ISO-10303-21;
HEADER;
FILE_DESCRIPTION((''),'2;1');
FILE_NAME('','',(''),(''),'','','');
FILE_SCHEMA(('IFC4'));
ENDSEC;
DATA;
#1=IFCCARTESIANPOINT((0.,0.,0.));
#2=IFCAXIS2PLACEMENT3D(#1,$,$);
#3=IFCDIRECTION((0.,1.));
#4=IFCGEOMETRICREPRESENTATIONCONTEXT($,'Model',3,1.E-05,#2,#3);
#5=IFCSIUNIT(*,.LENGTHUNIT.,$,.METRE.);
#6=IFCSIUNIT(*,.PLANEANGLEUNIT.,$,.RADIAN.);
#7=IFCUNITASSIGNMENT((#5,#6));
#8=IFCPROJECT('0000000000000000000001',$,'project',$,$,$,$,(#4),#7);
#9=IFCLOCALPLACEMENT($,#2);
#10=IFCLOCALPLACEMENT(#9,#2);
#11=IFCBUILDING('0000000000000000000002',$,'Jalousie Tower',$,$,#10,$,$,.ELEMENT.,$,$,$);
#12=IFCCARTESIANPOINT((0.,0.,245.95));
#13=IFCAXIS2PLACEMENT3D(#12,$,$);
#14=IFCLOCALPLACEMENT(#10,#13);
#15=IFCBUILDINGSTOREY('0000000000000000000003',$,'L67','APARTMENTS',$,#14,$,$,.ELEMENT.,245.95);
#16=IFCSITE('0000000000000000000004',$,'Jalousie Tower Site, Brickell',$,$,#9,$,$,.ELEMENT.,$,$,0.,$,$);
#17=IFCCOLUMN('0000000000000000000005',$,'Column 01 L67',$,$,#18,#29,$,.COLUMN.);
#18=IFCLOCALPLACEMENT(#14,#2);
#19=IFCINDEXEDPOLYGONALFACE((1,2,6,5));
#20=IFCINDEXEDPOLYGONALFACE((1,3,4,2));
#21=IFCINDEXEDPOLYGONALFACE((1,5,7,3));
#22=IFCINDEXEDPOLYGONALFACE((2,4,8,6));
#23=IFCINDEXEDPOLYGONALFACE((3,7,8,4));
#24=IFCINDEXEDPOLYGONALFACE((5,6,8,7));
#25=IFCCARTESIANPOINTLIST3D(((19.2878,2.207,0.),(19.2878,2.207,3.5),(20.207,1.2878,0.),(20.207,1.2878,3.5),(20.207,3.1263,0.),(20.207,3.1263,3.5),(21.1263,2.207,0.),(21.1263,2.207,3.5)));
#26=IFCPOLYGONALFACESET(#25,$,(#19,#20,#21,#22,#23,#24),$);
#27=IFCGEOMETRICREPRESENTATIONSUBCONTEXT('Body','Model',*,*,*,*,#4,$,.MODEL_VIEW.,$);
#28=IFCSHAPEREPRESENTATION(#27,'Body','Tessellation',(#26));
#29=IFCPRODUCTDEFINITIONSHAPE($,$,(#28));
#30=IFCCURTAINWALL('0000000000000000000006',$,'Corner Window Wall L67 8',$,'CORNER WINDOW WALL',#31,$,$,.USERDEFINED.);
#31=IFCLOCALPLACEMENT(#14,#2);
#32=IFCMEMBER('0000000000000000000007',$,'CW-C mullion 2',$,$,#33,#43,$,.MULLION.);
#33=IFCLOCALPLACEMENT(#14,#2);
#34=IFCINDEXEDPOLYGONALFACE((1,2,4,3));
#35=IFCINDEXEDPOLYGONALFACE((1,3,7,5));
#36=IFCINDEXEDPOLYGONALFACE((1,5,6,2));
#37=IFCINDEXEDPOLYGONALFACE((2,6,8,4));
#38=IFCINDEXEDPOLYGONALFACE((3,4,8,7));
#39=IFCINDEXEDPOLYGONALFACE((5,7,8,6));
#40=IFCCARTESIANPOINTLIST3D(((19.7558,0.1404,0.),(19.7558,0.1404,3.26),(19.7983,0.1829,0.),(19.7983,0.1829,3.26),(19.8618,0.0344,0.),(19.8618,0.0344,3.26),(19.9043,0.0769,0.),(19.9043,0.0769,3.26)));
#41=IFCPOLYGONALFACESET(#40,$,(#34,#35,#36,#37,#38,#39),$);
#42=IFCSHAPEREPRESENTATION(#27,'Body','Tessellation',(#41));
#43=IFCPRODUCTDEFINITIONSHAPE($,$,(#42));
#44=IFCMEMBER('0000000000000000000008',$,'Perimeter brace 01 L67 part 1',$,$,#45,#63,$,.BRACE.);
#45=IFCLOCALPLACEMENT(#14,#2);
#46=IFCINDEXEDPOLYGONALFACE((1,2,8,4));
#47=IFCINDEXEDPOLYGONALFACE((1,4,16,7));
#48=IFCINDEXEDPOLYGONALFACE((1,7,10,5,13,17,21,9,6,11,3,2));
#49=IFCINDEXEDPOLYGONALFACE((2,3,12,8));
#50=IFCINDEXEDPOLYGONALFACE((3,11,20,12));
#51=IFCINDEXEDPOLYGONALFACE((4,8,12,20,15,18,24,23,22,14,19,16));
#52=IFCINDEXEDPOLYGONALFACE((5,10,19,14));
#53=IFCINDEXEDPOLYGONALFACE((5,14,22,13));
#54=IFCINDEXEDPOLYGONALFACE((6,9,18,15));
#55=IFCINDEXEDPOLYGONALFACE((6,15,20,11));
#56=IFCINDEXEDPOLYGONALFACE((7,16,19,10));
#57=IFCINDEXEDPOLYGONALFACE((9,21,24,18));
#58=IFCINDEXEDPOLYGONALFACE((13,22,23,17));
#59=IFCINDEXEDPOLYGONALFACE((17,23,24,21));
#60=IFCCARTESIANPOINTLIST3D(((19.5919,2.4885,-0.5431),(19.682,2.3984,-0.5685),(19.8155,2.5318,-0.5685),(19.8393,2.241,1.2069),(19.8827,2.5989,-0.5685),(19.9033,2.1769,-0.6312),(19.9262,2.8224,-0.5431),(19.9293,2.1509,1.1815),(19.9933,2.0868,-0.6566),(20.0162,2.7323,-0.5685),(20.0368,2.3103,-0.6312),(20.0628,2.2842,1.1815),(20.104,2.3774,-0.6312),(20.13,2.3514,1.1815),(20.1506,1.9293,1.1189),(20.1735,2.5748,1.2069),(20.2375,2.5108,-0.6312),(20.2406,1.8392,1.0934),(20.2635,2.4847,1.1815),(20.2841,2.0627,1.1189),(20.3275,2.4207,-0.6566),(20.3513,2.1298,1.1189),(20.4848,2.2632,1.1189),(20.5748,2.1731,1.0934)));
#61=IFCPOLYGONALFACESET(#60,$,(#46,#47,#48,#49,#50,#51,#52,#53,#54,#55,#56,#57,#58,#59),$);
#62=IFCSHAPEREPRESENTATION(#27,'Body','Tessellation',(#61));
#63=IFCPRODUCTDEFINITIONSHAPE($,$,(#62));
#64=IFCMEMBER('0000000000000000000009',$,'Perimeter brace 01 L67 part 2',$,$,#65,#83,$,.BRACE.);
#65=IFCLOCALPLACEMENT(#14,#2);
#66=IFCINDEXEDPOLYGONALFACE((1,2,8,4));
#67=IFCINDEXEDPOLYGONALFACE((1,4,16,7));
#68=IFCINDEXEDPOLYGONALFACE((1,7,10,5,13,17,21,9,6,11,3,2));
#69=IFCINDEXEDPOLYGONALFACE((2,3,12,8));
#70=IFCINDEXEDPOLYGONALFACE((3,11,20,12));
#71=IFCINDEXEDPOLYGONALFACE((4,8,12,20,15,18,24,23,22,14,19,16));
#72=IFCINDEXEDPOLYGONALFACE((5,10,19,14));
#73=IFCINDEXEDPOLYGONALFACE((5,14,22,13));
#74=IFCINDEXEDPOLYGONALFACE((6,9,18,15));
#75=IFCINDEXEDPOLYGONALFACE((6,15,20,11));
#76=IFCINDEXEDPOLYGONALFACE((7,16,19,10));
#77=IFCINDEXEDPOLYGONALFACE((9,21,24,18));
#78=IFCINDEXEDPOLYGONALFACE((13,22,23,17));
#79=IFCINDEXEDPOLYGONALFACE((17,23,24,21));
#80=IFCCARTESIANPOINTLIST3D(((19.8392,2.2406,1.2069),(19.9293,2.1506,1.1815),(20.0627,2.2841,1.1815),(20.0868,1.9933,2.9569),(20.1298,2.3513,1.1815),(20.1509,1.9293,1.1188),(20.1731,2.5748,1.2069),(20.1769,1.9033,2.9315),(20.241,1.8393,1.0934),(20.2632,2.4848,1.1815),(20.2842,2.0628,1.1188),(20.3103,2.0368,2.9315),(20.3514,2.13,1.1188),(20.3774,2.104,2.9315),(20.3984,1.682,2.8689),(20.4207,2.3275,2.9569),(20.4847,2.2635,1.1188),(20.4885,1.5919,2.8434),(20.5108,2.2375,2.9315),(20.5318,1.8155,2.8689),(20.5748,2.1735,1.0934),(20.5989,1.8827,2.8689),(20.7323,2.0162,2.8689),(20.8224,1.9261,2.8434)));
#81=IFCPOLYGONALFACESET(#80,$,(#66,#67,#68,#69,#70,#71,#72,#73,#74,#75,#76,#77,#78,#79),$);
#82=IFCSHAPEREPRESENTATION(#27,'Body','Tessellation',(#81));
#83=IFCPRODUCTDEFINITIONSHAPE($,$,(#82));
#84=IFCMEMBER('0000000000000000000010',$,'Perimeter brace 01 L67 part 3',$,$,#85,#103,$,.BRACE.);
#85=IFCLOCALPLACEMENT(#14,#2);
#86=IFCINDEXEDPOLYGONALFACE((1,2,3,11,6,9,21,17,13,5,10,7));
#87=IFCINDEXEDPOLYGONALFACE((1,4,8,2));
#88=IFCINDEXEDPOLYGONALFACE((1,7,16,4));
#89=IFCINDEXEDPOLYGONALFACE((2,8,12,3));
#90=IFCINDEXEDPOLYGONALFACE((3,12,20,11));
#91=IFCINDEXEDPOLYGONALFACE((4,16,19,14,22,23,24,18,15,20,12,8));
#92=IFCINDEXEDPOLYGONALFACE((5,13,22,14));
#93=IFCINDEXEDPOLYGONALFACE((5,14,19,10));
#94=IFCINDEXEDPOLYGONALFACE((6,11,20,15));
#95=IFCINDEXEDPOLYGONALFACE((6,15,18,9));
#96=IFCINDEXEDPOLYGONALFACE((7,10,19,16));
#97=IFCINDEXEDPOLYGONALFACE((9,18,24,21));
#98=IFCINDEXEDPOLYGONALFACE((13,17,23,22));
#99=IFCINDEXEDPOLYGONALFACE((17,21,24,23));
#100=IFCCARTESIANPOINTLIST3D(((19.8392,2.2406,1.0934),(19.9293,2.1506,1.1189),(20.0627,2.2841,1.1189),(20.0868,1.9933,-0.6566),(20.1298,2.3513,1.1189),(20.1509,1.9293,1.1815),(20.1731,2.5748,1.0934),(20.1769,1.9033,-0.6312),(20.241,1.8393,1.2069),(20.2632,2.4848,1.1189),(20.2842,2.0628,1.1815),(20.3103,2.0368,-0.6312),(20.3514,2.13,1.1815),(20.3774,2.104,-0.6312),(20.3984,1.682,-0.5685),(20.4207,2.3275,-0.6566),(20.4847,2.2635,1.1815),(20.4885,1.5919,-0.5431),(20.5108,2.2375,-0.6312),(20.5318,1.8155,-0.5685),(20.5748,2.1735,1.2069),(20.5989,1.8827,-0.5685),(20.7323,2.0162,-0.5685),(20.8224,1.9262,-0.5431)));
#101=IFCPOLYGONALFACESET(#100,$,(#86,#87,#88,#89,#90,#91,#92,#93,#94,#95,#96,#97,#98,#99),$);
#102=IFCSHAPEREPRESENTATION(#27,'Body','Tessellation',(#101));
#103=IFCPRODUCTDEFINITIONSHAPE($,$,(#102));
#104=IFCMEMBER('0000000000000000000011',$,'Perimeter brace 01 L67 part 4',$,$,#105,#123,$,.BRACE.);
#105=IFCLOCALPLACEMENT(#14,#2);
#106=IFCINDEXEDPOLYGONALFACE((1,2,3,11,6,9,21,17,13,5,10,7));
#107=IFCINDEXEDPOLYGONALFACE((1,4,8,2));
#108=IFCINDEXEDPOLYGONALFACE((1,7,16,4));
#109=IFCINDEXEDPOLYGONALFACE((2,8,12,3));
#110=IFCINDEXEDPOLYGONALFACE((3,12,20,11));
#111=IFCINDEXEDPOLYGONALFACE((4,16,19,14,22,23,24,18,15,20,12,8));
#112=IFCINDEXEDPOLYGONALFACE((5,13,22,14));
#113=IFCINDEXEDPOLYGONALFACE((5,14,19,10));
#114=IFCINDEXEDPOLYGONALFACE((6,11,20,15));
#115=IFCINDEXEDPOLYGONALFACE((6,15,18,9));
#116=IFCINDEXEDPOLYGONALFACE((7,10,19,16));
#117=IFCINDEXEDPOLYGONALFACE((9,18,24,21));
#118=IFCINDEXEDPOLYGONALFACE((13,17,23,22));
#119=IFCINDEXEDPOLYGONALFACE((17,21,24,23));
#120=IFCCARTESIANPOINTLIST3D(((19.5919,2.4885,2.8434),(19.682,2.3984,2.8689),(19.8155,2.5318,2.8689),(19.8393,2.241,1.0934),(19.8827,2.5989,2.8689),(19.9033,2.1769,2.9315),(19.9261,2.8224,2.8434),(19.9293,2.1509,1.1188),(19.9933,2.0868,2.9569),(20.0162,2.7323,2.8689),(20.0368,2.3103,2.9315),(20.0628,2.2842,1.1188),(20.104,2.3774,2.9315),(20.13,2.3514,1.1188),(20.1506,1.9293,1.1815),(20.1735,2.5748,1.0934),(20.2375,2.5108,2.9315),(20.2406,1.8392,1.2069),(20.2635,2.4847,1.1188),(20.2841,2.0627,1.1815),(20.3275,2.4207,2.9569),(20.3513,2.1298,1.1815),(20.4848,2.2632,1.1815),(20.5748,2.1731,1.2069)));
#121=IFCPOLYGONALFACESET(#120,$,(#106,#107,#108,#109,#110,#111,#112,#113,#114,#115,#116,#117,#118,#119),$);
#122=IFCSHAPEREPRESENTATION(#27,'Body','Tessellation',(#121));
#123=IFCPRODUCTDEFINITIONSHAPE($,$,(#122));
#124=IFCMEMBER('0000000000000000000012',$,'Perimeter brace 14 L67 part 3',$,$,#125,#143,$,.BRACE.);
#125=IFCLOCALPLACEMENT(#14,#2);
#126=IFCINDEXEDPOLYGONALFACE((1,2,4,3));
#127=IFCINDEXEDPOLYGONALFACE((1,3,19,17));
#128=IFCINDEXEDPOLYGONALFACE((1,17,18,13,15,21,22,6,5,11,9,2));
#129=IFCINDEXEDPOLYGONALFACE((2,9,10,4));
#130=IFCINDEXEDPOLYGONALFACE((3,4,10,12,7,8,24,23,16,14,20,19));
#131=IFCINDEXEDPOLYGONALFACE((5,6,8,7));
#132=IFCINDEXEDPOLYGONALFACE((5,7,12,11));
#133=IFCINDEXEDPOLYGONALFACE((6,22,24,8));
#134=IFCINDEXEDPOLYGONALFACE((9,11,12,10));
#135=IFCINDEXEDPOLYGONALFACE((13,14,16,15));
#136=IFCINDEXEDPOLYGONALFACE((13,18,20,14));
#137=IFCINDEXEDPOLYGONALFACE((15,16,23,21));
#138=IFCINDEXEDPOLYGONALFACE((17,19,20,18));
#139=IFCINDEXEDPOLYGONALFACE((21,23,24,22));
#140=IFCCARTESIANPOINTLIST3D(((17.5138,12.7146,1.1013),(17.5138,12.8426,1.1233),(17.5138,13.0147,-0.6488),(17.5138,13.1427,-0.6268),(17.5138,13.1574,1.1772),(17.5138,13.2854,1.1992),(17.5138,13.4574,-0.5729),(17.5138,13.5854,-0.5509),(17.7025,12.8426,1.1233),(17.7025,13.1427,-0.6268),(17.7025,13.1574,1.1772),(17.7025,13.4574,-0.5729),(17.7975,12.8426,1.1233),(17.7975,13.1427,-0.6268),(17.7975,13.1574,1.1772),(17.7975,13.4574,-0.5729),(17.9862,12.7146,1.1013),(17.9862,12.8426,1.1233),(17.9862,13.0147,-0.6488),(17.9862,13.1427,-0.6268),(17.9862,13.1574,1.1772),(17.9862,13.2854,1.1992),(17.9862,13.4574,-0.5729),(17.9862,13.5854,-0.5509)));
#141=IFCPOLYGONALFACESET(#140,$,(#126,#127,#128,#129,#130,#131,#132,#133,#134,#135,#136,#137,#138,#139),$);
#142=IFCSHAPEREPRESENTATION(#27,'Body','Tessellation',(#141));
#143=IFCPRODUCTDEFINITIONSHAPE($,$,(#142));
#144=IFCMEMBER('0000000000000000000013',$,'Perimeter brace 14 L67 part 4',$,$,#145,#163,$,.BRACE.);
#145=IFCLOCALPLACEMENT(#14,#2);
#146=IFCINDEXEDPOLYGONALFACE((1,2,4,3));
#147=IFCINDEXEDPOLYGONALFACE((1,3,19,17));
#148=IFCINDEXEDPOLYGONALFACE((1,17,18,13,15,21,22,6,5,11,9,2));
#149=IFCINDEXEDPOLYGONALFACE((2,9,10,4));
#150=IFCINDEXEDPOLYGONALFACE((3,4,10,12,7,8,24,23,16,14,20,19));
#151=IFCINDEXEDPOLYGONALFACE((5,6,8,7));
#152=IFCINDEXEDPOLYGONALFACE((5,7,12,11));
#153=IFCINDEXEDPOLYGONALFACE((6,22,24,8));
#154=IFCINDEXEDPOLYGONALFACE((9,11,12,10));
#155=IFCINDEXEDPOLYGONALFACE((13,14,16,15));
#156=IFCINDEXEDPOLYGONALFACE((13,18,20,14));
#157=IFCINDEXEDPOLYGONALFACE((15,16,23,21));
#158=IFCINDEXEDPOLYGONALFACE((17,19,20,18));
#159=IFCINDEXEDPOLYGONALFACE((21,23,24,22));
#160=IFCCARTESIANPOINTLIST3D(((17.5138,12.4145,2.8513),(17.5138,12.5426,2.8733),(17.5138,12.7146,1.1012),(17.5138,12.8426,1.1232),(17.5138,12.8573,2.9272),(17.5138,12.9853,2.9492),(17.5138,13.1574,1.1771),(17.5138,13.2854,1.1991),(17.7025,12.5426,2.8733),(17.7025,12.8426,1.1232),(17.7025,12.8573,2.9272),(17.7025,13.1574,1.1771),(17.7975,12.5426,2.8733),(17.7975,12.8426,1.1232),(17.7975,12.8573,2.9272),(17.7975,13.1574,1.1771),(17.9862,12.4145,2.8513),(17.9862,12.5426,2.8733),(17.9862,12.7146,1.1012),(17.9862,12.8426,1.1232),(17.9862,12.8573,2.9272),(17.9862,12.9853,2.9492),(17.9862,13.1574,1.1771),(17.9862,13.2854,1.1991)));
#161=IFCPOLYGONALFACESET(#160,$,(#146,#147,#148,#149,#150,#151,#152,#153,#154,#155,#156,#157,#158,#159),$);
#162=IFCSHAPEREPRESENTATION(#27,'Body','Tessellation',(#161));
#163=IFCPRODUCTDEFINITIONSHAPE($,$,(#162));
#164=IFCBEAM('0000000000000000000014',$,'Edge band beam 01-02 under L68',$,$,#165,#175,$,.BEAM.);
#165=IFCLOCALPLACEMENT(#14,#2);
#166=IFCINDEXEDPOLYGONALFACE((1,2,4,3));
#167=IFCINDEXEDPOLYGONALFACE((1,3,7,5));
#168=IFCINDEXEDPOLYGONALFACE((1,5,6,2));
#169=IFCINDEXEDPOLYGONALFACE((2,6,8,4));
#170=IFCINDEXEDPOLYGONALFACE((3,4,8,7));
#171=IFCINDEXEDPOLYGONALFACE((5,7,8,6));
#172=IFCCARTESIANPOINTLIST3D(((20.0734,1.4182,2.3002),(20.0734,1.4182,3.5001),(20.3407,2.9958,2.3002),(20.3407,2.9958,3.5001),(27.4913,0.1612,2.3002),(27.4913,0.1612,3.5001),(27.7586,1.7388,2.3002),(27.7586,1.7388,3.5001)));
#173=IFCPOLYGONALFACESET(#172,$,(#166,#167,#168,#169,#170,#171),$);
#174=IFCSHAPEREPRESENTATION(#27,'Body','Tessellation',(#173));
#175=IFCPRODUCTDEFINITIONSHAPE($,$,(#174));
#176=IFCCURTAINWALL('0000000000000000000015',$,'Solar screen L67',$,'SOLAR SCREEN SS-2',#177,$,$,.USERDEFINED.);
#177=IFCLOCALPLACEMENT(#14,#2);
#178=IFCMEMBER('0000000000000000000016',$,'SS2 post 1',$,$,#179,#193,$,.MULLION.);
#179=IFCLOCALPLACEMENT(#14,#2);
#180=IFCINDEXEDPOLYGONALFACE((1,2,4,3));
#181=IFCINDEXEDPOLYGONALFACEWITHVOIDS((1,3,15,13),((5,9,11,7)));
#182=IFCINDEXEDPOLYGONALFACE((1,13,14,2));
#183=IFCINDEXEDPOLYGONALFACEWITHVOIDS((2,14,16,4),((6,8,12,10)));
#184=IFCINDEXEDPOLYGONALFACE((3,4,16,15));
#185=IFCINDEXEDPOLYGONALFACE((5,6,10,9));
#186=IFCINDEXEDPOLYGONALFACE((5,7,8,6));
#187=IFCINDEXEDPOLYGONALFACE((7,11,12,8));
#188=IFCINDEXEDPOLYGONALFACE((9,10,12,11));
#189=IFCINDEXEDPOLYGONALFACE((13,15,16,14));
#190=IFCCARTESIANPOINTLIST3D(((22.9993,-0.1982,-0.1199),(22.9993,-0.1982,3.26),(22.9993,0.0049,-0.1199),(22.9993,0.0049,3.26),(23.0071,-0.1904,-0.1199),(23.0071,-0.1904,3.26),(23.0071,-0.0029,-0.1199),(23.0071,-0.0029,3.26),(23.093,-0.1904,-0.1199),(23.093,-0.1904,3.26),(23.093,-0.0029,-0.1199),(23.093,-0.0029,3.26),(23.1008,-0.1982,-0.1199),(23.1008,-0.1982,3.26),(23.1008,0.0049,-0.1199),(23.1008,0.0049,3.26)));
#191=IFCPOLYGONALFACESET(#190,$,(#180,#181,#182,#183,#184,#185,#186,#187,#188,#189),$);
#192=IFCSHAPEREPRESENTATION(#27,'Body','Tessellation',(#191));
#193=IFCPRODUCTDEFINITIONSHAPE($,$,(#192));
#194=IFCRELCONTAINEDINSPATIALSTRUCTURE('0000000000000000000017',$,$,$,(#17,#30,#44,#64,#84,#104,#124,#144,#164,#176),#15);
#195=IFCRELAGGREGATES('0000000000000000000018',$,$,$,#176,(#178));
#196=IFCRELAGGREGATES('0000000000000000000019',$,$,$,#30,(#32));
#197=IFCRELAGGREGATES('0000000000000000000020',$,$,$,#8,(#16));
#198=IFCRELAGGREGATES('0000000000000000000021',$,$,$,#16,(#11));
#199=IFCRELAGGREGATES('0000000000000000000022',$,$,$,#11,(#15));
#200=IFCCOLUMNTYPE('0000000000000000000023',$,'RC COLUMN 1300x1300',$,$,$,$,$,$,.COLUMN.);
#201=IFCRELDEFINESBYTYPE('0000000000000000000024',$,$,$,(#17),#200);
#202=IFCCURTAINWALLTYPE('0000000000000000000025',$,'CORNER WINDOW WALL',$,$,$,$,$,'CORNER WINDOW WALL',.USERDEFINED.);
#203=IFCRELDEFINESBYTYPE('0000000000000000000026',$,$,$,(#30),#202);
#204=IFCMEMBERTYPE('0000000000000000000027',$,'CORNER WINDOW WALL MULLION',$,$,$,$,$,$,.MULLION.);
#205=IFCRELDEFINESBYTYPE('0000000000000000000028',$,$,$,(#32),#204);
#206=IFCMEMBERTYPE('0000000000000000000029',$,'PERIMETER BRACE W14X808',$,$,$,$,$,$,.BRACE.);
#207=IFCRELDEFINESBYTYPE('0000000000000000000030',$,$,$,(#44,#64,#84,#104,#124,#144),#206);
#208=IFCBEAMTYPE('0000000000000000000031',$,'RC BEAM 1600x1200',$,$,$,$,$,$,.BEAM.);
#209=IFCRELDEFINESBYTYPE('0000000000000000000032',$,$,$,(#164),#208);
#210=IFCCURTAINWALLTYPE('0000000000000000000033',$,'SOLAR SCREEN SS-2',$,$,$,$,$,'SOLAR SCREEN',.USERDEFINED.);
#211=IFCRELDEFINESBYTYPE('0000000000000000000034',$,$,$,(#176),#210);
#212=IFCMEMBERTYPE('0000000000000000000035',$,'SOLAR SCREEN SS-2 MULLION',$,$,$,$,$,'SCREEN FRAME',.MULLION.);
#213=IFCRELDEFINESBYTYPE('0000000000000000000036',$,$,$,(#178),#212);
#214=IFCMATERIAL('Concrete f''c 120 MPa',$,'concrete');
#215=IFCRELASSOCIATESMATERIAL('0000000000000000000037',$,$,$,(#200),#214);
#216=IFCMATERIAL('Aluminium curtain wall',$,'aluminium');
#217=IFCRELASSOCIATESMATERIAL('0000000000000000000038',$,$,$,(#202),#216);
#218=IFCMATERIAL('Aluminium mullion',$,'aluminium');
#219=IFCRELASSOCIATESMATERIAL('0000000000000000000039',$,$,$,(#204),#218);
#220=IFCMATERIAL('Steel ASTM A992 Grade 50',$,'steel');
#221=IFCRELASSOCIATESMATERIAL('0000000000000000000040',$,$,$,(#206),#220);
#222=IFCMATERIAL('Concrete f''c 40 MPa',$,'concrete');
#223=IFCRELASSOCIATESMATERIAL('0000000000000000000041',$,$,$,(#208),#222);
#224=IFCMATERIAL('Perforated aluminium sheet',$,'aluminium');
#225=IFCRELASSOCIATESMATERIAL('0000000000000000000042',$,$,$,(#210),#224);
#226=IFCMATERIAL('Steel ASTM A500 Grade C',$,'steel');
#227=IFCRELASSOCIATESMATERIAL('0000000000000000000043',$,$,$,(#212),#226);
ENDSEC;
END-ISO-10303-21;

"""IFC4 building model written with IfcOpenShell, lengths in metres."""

from ifc_helpers import new_model, si_unit, direction, frame, origin, origin_2d, place, context, subcontext, project, spatial, rectangle, hollow_rectangle, i_section, extrude, material, material_profile, profile_set, type_object, element, aggregate, save


model = new_model("IFC4")

# Units and contexts
model_context = context("Model", 3, precision=1e-05, world=origin(), true_north=direction((0.0, 1.0)))
body_context = subcontext(model_context, "Body", "Model", "MODEL_VIEW")
ifc_project = project(units=[si_unit("LENGTHUNIT", "METRE"), si_unit("PLANEANGLEUNIT", "RADIAN")], contexts=[model_context])

# Site, building, storey
site_placement = place(None, origin())
site = spatial("IfcSite", under=ifc_project, at=site_placement, Name="Jalousie Tower Site, Brickell", CompositionType="ELEMENT", RefElevation=0.0)
building_placement = place(site_placement, origin())
building = spatial("IfcBuilding", under=site, at=building_placement, Name="Jalousie Tower", CompositionType="ELEMENT")
storey_placement = place(building_placement, frame((0.0, 0.0, 245.95)))
storey = spatial("IfcBuildingStorey", under=building, at=storey_placement, Name="L67", Description="APARTMENTS", CompositionType="ELEMENT", Elevation=245.95)

# Column
ifc_material_1 = material(Name="Concrete f'c 120 MPa", Category="concrete")
ifc_material_profile_1 = material_profile(ifc_material_1, rectangle(XDim=1.3, YDim=1.3, at=origin_2d()), Name="RC 1300x1300")
ifc_profile_set_1 = profile_set([ifc_material_profile_1], Name="Concrete f'c 120 MPa")
column_type = type_object("IfcColumnType", Name="RC COLUMN 1300x1300", PredefinedType="COLUMN", material=ifc_profile_set_1)
column_placement = place(storey_placement, frame((20.207, 2.207, 0.0), z_axis=(0.0, 0.0, 1.0), x_axis=(0.707107, 0.707107, 0.0)))
element("IfcColumn", 1, at=column_placement, inside=storey, type_object=column_type, Name="Column 01 L67", PredefinedType="COLUMN", context=body_context, shape_type="SweptSolid", body=[
    extrude(rectangle(XDim=1.3, YDim=1.3, at=origin_2d()), origin(), (0.0, 0.0, 1.0), 3.5),
])

# Curtain wall, member
ifc_material_2 = material(Name="Aluminium curtain wall", Category="aluminium")
curtain_wall_type_1 = type_object("IfcCurtainWallType", Name="CORNER WINDOW WALL", ElementType="CORNER WINDOW WALL", PredefinedType="USERDEFINED", material=ifc_material_2)
curtain_wall_1_placement = place(storey_placement, origin())
curtain_wall_1 = element("IfcCurtainWall", 2, at=curtain_wall_1_placement, inside=storey, type_object=curtain_wall_type_1, Name="Corner Window Wall L67 8", ObjectType="CORNER WINDOW WALL", PredefinedType="USERDEFINED")
ifc_material_3 = material(Name="Aluminium mullion", Category="aluminium")
ifc_material_profile_2 = material_profile(ifc_material_3, rectangle(XDim=0.0601, YDim=0.1499, at=origin_2d()), Name="MULLION 60x150")
ifc_profile_set_2 = profile_set([ifc_material_profile_2], Name="Aluminium mullion")
member_type_1 = type_object("IfcMemberType", Name="CORNER WINDOW WALL MULLION", PredefinedType="MULLION", material=ifc_profile_set_2)
member_1_placement = place(storey_placement, frame((19.8301, 0.1086, 0.0), z_axis=(0.0, 0.0, 1.0), x_axis=(0.707107, 0.707107, 0.0)))
member_1 = element("IfcMember", 3, at=member_1_placement, type_object=member_type_1, Name="CW-C mullion 2", PredefinedType="MULLION", context=body_context, shape_type="SweptSolid", body=[
    extrude(rectangle(XDim=0.0601, YDim=0.1499, at=origin_2d()), origin(), (0.0, 0.0, 1.0), 3.26),
])

# Members
ifc_material_4 = material(Name="Steel ASTM A992 Grade 50", Category="steel")
ifc_material_profile_3 = material_profile(ifc_material_4, i_section(OverallWidth=0.4724, OverallDepth=0.5791, WebThickness=0.095, FlangeThickness=0.1299, at=origin_2d()), Name="W14X808")
ifc_profile_set_3 = profile_set([ifc_material_profile_3], Name="Steel ASTM A992 Grade 50")
member_type_2 = type_object("IfcMemberType", Name="PERIMETER BRACE W14X808", PredefinedType="BRACE", material=ifc_profile_set_3)
for number, where, z_axis, x_axis, name in (
    (4, (19.9597, 2.4546, -0.5999), (0.138579, -0.138716, 0.980588), (0.707456, 0.706758, 0.0), "Perimeter brace 01 L67 part 1"),
    (5, (20.207, 2.207, 1.1501), (0.138716, -0.138579, 0.980588), (0.706758, 0.707456, 0.0), "Perimeter brace 01 L67 part 2"),
    (6, (20.4546, 1.9597, -0.5999), (-0.138716, 0.138579, 0.980588), (-0.706758, -0.707456, 0.0), "Perimeter brace 01 L67 part 3"),
    (7, (20.207, 2.207, 1.1501), (-0.138579, 0.138716, 0.980588), (-0.707456, -0.706758, 0.0), "Perimeter brace 01 L67 part 4"),
):
    element("IfcMember", number, at=place(storey_placement, frame(where, z_axis=z_axis, x_axis=x_axis)), inside=storey, type_object=member_type_2, Name=name, PredefinedType="BRACE", context=body_context, shape_type="SweptSolid", body=[
        extrude(i_section(OverallWidth=0.4724, OverallDepth=0.5791, WebThickness=0.095, FlangeThickness=0.1299, at=origin_2d()), origin(), (0.0, 0.0, 1.0), 1.7847),
    ])
for number, where, z_axis, x_axis, name in (
    (8, (17.75, 13.3, -0.5999), (0.0, -0.168991, 0.985618), (1.0, 0.0, 0.0), "Perimeter brace 14 L67 part 3"),
    (9, (17.75, 13.0, 1.1501), (0.0, -0.168991, 0.985618), (1.0, 0.0, 0.0), "Perimeter brace 14 L67 part 4"),
):
    element("IfcMember", number, at=place(storey_placement, frame(where, z_axis=z_axis, x_axis=x_axis)), inside=storey, type_object=member_type_2, Name=name, PredefinedType="BRACE", context=body_context, shape_type="SweptSolid", body=[
        extrude(i_section(OverallWidth=0.4724, OverallDepth=0.5791, WebThickness=0.095, FlangeThickness=0.1299, at=origin_2d()), origin(), (0.0, 0.0, 1.0), 1.7756),
    ])

# Beam
ifc_material_5 = material(Name="Concrete f'c 40 MPa", Category="concrete")
ifc_material_profile_4 = material_profile(ifc_material_5, rectangle(XDim=1.6001, YDim=1.2, at=origin_2d()), Name="RC 1600x1200")
ifc_profile_set_4 = profile_set([ifc_material_profile_4], Name="Concrete f'c 40 MPa")
beam_type = type_object("IfcBeamType", Name="RC BEAM 1600x1200", PredefinedType="BEAM", material=ifc_profile_set_4)
beam_placement = place(storey_placement, frame((20.207, 2.207, 2.9001), z_axis=(0.985943, -0.167082, 0.0), x_axis=(0.167082, 0.985943, 0.0)))
element("IfcBeam", 10, at=beam_placement, inside=storey, type_object=beam_type, Name="Edge band beam 01-02 under L68", PredefinedType="BEAM", context=body_context, shape_type="SweptSolid", body=[
    extrude(rectangle(XDim=1.6001, YDim=1.2, at=origin_2d()), origin(), (0.0, 0.0, 1.0), 7.5237),
])

# Curtain wall, member
ifc_material_6 = material(Name="Perforated aluminium sheet", Category="aluminium")
curtain_wall_type_2 = type_object("IfcCurtainWallType", Name="SOLAR SCREEN SS-2", ElementType="SOLAR SCREEN", PredefinedType="USERDEFINED", material=ifc_material_6)
curtain_wall_2_placement = place(storey_placement, origin())
curtain_wall_2 = element("IfcCurtainWall", 11, at=curtain_wall_2_placement, inside=storey, type_object=curtain_wall_type_2, Name="Solar screen L67", ObjectType="SOLAR SCREEN SS-2", PredefinedType="USERDEFINED")
ifc_material_7 = material(Name="Steel ASTM A500 Grade C", Category="steel")
ifc_material_profile_5 = material_profile(ifc_material_7, hollow_rectangle(XDim=0.1016, YDim=0.2031, WallThickness=0.0078, at=origin_2d()), Name="HSS8X4X5/16")
ifc_profile_set_5 = profile_set([ifc_material_profile_5], Name="Steel ASTM A500 Grade C")
member_type_3 = type_object("IfcMemberType", Name="SOLAR SCREEN SS-2 MULLION", ElementType="SCREEN FRAME", PredefinedType="MULLION", material=ifc_profile_set_5)
member_2_placement = place(storey_placement, frame((23.05, -0.0967, -0.1199), z_axis=(0.0, 0.0, 1.0), x_axis=(1.0, 0.0, 0.0)))
member_2 = element("IfcMember", 12, at=member_2_placement, type_object=member_type_3, Name="SS2 post 1", PredefinedType="MULLION", context=body_context, shape_type="SweptSolid", body=[
    extrude(hollow_rectangle(XDim=0.1016, YDim=0.2031, WallThickness=0.0078, at=origin_2d()), origin(), (0.0, 0.0, 1.0), 3.3799),
])
aggregate(curtain_wall_2, [member_2])

aggregate(curtain_wall_1, [member_1])

save(model, "model.ifc")
